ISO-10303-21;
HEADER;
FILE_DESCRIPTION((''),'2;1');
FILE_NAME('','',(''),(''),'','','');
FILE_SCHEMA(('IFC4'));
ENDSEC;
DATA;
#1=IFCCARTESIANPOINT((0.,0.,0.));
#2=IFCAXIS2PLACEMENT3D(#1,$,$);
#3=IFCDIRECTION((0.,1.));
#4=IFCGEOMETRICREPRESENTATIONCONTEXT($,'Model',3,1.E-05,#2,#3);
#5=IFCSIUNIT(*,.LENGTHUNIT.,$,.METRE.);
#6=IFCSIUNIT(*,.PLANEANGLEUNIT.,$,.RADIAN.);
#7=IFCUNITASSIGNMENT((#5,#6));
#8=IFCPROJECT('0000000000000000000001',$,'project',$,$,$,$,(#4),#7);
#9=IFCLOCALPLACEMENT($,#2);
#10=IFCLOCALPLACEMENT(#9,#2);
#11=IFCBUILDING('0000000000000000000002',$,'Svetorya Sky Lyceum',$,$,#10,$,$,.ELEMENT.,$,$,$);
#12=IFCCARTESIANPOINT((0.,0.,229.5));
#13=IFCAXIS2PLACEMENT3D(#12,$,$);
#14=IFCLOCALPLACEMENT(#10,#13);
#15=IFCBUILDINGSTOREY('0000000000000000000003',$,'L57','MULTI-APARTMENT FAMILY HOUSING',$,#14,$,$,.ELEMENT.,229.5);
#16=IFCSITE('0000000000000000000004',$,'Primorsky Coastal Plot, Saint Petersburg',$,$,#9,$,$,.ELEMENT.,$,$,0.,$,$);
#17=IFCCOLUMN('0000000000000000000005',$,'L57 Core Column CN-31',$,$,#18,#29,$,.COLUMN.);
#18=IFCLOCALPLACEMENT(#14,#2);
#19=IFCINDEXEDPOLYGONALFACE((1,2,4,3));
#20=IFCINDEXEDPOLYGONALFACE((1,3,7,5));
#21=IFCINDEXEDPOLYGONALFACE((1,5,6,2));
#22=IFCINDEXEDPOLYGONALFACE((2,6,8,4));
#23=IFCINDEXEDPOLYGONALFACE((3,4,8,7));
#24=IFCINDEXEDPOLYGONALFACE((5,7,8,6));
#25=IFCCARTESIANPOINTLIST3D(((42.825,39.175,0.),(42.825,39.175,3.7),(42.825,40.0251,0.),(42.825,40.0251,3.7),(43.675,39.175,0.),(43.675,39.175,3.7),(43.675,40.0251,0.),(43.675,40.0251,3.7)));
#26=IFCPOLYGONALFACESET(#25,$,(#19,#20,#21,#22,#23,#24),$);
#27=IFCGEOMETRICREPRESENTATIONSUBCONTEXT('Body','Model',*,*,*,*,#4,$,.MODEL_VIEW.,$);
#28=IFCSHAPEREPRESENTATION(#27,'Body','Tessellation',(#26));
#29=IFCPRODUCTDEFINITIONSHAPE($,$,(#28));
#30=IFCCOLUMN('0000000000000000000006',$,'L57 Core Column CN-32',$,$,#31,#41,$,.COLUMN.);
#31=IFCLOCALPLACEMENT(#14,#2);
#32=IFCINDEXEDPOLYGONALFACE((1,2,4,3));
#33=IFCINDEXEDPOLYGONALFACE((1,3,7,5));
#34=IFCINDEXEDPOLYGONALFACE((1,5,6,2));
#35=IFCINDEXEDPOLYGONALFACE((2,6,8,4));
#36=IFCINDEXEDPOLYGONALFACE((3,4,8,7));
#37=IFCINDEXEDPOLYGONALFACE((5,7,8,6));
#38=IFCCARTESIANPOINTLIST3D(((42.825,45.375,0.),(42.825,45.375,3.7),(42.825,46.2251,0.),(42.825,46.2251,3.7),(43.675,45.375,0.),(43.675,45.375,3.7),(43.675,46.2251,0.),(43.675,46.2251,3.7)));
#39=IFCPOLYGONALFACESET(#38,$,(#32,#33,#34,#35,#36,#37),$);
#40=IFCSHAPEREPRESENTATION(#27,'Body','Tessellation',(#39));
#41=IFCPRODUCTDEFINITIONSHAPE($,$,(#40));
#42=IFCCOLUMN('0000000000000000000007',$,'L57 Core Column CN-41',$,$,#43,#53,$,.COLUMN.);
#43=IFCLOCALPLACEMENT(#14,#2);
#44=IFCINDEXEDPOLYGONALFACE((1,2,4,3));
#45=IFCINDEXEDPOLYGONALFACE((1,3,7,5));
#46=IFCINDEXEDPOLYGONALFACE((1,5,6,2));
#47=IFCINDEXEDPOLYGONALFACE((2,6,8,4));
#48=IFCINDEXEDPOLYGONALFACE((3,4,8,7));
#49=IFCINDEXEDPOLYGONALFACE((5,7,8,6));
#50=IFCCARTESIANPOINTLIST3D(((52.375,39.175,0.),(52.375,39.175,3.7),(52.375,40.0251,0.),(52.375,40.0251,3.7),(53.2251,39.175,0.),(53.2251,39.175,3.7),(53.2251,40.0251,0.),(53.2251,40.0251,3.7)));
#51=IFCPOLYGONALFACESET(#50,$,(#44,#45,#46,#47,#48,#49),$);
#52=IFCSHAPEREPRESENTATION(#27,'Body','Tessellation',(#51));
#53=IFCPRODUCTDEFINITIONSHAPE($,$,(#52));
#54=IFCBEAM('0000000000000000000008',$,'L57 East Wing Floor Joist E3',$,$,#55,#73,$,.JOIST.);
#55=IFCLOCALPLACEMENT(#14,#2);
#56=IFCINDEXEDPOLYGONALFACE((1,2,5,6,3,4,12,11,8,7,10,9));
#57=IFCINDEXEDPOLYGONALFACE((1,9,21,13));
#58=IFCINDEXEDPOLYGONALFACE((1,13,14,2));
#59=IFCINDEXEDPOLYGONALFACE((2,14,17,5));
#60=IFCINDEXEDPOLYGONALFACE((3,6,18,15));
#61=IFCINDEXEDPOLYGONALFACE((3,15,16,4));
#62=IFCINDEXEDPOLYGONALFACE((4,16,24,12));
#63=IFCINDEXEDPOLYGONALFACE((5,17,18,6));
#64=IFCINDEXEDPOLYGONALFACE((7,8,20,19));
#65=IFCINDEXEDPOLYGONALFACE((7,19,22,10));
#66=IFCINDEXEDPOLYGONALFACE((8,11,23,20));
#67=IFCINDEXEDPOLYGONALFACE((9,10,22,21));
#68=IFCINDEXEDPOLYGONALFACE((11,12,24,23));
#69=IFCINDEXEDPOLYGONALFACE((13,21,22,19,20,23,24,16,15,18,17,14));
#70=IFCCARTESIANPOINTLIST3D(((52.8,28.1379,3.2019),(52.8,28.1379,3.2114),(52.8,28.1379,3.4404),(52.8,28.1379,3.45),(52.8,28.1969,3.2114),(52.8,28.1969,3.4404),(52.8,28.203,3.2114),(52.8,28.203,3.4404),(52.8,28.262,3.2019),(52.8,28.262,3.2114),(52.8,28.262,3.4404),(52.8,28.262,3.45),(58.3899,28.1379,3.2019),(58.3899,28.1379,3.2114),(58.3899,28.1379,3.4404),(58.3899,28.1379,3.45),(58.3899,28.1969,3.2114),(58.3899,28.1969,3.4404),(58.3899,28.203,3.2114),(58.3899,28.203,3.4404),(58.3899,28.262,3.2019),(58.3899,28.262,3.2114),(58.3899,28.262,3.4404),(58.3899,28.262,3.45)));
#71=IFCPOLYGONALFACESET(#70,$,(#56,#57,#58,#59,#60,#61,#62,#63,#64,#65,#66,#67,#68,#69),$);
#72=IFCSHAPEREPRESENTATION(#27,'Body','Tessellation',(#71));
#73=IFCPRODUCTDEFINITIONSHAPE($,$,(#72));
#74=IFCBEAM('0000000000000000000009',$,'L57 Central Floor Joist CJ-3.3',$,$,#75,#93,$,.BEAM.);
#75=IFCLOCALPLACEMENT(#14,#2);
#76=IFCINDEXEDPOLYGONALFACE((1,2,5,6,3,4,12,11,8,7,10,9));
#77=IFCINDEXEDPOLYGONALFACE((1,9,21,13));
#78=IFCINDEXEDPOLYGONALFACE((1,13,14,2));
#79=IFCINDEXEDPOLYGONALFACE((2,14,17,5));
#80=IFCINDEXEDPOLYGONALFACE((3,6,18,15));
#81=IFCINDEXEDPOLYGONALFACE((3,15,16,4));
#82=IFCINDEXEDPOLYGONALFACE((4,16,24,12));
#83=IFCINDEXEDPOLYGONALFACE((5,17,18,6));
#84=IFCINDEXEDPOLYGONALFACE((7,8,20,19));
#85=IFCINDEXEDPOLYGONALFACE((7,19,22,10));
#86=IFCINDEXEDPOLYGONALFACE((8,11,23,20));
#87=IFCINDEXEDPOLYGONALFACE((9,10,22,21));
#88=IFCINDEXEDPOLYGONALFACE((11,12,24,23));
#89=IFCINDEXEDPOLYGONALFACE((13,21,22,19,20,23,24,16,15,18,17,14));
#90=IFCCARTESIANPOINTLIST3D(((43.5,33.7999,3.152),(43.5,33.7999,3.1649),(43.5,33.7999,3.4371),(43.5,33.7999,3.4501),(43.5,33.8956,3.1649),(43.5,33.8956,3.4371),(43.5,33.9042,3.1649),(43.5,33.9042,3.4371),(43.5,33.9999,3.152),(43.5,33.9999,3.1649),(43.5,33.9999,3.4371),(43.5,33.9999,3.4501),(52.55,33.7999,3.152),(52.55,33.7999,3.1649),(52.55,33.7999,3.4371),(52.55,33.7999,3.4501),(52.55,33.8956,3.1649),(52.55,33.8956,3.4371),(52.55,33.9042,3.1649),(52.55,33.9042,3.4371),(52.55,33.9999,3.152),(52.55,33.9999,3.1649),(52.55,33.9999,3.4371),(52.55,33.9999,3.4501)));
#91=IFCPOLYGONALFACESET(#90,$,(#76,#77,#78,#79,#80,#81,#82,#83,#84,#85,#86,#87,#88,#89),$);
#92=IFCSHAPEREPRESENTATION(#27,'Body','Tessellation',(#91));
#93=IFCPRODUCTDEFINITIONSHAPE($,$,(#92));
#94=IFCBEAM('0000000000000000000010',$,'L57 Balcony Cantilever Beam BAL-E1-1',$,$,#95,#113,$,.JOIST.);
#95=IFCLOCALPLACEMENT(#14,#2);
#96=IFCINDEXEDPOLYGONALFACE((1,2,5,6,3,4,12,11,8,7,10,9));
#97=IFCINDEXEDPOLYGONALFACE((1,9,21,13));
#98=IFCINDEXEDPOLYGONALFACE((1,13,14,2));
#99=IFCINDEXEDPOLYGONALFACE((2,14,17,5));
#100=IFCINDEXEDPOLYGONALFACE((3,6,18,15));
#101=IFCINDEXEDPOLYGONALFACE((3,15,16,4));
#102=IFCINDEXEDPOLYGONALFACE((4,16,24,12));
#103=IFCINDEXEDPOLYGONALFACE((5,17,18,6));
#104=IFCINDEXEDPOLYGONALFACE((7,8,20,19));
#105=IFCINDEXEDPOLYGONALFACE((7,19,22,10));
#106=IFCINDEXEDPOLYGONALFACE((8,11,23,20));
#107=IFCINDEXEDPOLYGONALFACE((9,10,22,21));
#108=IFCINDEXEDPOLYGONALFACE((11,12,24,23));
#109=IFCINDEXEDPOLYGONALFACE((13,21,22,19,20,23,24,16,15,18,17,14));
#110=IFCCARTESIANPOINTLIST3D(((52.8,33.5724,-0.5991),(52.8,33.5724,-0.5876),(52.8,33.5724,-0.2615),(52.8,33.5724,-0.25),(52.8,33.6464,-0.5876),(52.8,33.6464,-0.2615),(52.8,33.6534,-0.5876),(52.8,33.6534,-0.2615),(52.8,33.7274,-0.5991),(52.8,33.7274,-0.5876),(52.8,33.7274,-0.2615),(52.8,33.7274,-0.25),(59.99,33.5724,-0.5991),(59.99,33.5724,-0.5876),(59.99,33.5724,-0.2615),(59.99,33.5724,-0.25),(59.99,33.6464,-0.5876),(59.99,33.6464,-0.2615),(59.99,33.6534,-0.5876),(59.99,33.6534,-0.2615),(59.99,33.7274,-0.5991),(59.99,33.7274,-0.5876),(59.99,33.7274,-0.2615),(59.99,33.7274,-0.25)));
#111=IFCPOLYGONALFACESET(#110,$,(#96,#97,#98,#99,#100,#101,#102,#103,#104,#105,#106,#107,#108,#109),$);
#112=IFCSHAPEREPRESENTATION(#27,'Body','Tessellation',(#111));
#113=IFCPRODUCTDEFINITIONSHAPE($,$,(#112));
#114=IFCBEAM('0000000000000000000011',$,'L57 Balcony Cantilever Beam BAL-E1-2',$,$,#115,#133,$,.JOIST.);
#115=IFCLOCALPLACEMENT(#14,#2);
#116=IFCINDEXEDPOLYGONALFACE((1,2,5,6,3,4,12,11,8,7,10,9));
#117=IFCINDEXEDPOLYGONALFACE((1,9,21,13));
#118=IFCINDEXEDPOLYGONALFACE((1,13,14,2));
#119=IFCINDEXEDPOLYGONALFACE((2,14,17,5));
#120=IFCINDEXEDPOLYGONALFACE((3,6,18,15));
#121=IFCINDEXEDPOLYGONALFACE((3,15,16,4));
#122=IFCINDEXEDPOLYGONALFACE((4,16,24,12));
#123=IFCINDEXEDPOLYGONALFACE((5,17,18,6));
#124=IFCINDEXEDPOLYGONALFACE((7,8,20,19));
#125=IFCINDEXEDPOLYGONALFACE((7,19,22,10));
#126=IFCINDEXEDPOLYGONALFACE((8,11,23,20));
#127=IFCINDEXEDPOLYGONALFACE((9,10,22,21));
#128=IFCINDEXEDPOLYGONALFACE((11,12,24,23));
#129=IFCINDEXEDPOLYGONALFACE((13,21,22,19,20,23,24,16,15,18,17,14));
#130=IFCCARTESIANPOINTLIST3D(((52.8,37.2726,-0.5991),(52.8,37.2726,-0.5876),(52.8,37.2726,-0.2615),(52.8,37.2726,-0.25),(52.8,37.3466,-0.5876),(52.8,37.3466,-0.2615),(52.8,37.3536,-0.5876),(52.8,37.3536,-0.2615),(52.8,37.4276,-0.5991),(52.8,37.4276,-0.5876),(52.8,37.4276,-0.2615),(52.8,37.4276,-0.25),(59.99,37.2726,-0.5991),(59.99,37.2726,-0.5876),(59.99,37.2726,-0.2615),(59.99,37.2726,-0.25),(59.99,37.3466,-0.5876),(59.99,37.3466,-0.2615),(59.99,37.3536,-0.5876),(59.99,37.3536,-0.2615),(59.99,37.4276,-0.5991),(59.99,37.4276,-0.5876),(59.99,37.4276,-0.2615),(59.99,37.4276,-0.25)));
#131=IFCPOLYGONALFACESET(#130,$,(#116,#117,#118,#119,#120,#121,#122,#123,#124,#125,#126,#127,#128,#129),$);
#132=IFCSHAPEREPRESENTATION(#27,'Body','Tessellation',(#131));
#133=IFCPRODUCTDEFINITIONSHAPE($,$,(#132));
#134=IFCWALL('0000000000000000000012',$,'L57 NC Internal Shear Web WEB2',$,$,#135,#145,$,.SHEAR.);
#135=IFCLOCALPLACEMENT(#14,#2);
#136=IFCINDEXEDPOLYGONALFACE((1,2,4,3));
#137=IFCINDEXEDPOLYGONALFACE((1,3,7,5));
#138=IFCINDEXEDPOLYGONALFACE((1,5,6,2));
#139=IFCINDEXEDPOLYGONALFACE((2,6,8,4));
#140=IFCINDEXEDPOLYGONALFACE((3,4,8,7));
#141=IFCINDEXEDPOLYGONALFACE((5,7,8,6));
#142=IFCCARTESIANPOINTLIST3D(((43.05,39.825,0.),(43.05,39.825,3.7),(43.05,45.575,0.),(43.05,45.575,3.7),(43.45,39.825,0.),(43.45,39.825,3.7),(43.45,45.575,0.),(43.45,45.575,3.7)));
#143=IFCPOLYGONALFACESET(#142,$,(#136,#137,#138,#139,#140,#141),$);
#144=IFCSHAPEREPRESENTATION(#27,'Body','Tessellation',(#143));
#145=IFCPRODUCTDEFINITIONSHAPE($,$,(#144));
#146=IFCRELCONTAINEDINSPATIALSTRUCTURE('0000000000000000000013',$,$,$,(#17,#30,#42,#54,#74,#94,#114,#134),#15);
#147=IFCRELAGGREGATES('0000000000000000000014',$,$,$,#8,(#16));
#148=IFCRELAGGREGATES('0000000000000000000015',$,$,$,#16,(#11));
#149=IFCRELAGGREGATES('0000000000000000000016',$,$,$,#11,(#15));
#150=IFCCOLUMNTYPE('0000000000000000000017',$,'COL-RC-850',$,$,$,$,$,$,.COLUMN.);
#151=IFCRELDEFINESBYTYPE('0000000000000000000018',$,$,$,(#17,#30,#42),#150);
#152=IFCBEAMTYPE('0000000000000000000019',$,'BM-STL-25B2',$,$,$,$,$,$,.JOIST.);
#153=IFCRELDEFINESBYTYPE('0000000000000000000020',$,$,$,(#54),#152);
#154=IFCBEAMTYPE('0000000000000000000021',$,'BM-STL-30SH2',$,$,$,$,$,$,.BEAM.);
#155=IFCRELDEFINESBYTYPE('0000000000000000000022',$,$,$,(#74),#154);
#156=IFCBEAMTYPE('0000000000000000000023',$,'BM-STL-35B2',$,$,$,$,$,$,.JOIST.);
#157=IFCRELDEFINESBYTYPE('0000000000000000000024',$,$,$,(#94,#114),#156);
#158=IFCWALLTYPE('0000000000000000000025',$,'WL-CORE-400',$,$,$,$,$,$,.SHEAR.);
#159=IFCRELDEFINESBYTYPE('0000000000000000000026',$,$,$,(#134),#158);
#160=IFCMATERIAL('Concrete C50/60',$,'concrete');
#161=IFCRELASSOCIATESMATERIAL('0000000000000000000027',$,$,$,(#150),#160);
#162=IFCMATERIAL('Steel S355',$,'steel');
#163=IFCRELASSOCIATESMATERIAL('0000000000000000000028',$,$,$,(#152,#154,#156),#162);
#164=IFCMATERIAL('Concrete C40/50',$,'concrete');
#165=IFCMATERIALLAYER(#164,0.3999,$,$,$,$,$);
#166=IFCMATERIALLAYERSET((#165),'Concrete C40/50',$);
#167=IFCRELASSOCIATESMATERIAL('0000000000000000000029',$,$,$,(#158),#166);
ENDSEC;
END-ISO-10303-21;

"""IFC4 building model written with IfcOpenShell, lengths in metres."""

from ifc_helpers import new_model, si_unit, direction, frame, frame_2d, origin, origin_2d, place, context, subcontext, project, spatial, rectangle, i_section, extrude, material, layer, layer_set, material_profile, profile_set, type_object, element, save


model = new_model("IFC4")

# Units and contexts
model_context = context("Model", 3, precision=1e-05, world=origin(), true_north=direction((0.0, 1.0)))
body_context = subcontext(model_context, "Body", "Model", "MODEL_VIEW")
ifc_project = project(units=[si_unit("LENGTHUNIT", "METRE"), si_unit("PLANEANGLEUNIT", "RADIAN")], contexts=[model_context])

# Site, building, storey
site_placement = place(None, origin())
site = spatial("IfcSite", under=ifc_project, at=site_placement, Name="Primorsky Coastal Plot, Saint Petersburg", CompositionType="ELEMENT", RefElevation=0.0)
building_placement = place(site_placement, origin())
building = spatial("IfcBuilding", under=site, at=building_placement, Name="Svetorya Sky Lyceum", CompositionType="ELEMENT")
storey_placement = place(building_placement, frame((0.0, 0.0, 229.5)))
storey = spatial("IfcBuildingStorey", under=building, at=storey_placement, Name="L57", Description="MULTI-APARTMENT FAMILY HOUSING", CompositionType="ELEMENT", Elevation=229.5)

# Columns
ifc_material_1 = material(Name="Concrete C50/60", Category="concrete")
ifc_material_profile_1 = material_profile(ifc_material_1, rectangle(XDim=0.8501, YDim=0.8501, at=origin_2d()), Name="RC COL 850x850")
ifc_profile_set_1 = profile_set([ifc_material_profile_1], Name="Concrete C50/60")
column_type = type_object("IfcColumnType", Name="COL-RC-850", PredefinedType="COLUMN", material=ifc_profile_set_1)
for number, where, z_axis, x_axis, name in (
    (1, (43.25, 39.6001, 0.0), (0.0, 0.0, 1.0), (1.0, 0.0, 0.0), "L57 Core Column CN-31"),
    (2, (43.25, 45.8, 0.0), (0.0, 0.0, 1.0), (1.0, 0.0, 0.0), "L57 Core Column CN-32"),
    (3, (52.8, 39.6001, 0.0), (0.0, 0.0, 1.0), (1.0, 0.0, 0.0), "L57 Core Column CN-41"),
):
    element("IfcColumn", number, at=place(storey_placement, frame(where, z_axis=z_axis, x_axis=x_axis)), inside=storey, type_object=column_type, Name=name, PredefinedType="COLUMN", context=body_context, shape_type="SweptSolid", body=[
        extrude(rectangle(XDim=0.8501, YDim=0.8501, at=origin_2d()), origin(), (0.0, 0.0, 1.0), 3.7),
    ])

# Beams
ifc_material_2 = material(Name="Steel S355", Category="steel")
ifc_material_profile_2 = material_profile(ifc_material_2, i_section(OverallWidth=0.124, OverallDepth=0.248, WebThickness=0.0061, FlangeThickness=0.0095, at=origin_2d()), Name="GOST 25B2")
ifc_profile_set_2 = profile_set([ifc_material_profile_2], Name="Steel S355")
beam_type_1 = type_object("IfcBeamType", Name="BM-STL-25B2", PredefinedType="JOIST", material=ifc_profile_set_2)
beam_1_placement = place(storey_placement, frame((52.8, 28.2, 3.3259), z_axis=(1.0, 0.0, 0.0), x_axis=(0.0, 1.0, 0.0)))
element("IfcBeam", 4, at=beam_1_placement, inside=storey, type_object=beam_type_1, Name="L57 East Wing Floor Joist E3", PredefinedType="JOIST", context=body_context, shape_type="SweptSolid", body=[
    extrude(i_section(OverallWidth=0.124, OverallDepth=0.248, WebThickness=0.0061, FlangeThickness=0.0095, at=origin_2d()), origin(), (0.0, 0.0, 1.0), 5.5898),
])
ifc_material_profile_3 = material_profile(ifc_material_2, i_section(OverallWidth=0.2, OverallDepth=0.2981, WebThickness=0.0085, FlangeThickness=0.0129, at=origin_2d()), Name="GOST 30Sh2")
ifc_profile_set_3 = profile_set([ifc_material_profile_3], Name="Steel S355")
beam_type_2 = type_object("IfcBeamType", Name="BM-STL-30SH2", PredefinedType="BEAM", material=ifc_profile_set_3)
beam_2_placement = place(storey_placement, frame((43.5, 33.8999, 3.301), z_axis=(1.0, 0.0, 0.0), x_axis=(0.0, 1.0, 0.0)))
element("IfcBeam", 5, at=beam_2_placement, inside=storey, type_object=beam_type_2, Name="L57 Central Floor Joist CJ-3.3", PredefinedType="BEAM", context=body_context, shape_type="SweptSolid", body=[
    extrude(i_section(OverallWidth=0.2, OverallDepth=0.2981, WebThickness=0.0085, FlangeThickness=0.0129, at=origin_2d()), origin(), (0.0, 0.0, 1.0), 9.05),
])
ifc_material_profile_4 = material_profile(ifc_material_2, i_section(OverallWidth=0.155, OverallDepth=0.3491, WebThickness=0.0071, FlangeThickness=0.0115, at=origin_2d()), Name="GOST 35B2")
ifc_profile_set_4 = profile_set([ifc_material_profile_4], Name="Steel S355")
beam_type_3 = type_object("IfcBeamType", Name="BM-STL-35B2", PredefinedType="JOIST", material=ifc_profile_set_4)
for number, where, z_axis, x_axis, name in (
    (6, (52.8, 33.6499, -0.4246), (1.0, 0.0, 0.0), (0.0, 1.0, 0.0), "L57 Balcony Cantilever Beam BAL-E1-1"),
    (7, (52.8, 37.3501, -0.4246), (1.0, 0.0, 0.0), (0.0, 1.0, 0.0), "L57 Balcony Cantilever Beam BAL-E1-2"),
):
    element("IfcBeam", number, at=place(storey_placement, frame(where, z_axis=z_axis, x_axis=x_axis)), inside=storey, type_object=beam_type_3, Name=name, PredefinedType="JOIST", context=body_context, shape_type="SweptSolid", body=[
        extrude(i_section(OverallWidth=0.155, OverallDepth=0.3491, WebThickness=0.0071, FlangeThickness=0.0115, at=origin_2d()), origin(), (0.0, 0.0, 1.0), 7.1899),
    ])

# Wall
ifc_material_3 = material(Name="Concrete C40/50", Category="concrete")
ifc_layer_1 = layer(ifc_material_3, 0.3999)
ifc_layer_set_1 = layer_set([ifc_layer_1], Name="Concrete C40/50")
wall_type_1 = type_object("IfcWallType", Name="WL-CORE-400", PredefinedType="SHEAR", material=ifc_layer_set_1)
wall_1_placement = place(storey_placement, frame((43.25, 39.825, 0.0), z_axis=(0.0, 0.0, 1.0), x_axis=(0.0, 1.0, 0.0)))
element("IfcWall", 8, at=wall_1_placement, inside=storey, type_object=wall_type_1, Name="L57 NC Internal Shear Web WEB2", PredefinedType="SHEAR", context=body_context, shape_type="SweptSolid", body=[
    extrude(rectangle(XDim=5.75, YDim=0.3999, at=frame_2d((2.875, 0.0))), origin(), (0.0, 0.0, 1.0), 3.7),
])

save(model, "model.ifc")
